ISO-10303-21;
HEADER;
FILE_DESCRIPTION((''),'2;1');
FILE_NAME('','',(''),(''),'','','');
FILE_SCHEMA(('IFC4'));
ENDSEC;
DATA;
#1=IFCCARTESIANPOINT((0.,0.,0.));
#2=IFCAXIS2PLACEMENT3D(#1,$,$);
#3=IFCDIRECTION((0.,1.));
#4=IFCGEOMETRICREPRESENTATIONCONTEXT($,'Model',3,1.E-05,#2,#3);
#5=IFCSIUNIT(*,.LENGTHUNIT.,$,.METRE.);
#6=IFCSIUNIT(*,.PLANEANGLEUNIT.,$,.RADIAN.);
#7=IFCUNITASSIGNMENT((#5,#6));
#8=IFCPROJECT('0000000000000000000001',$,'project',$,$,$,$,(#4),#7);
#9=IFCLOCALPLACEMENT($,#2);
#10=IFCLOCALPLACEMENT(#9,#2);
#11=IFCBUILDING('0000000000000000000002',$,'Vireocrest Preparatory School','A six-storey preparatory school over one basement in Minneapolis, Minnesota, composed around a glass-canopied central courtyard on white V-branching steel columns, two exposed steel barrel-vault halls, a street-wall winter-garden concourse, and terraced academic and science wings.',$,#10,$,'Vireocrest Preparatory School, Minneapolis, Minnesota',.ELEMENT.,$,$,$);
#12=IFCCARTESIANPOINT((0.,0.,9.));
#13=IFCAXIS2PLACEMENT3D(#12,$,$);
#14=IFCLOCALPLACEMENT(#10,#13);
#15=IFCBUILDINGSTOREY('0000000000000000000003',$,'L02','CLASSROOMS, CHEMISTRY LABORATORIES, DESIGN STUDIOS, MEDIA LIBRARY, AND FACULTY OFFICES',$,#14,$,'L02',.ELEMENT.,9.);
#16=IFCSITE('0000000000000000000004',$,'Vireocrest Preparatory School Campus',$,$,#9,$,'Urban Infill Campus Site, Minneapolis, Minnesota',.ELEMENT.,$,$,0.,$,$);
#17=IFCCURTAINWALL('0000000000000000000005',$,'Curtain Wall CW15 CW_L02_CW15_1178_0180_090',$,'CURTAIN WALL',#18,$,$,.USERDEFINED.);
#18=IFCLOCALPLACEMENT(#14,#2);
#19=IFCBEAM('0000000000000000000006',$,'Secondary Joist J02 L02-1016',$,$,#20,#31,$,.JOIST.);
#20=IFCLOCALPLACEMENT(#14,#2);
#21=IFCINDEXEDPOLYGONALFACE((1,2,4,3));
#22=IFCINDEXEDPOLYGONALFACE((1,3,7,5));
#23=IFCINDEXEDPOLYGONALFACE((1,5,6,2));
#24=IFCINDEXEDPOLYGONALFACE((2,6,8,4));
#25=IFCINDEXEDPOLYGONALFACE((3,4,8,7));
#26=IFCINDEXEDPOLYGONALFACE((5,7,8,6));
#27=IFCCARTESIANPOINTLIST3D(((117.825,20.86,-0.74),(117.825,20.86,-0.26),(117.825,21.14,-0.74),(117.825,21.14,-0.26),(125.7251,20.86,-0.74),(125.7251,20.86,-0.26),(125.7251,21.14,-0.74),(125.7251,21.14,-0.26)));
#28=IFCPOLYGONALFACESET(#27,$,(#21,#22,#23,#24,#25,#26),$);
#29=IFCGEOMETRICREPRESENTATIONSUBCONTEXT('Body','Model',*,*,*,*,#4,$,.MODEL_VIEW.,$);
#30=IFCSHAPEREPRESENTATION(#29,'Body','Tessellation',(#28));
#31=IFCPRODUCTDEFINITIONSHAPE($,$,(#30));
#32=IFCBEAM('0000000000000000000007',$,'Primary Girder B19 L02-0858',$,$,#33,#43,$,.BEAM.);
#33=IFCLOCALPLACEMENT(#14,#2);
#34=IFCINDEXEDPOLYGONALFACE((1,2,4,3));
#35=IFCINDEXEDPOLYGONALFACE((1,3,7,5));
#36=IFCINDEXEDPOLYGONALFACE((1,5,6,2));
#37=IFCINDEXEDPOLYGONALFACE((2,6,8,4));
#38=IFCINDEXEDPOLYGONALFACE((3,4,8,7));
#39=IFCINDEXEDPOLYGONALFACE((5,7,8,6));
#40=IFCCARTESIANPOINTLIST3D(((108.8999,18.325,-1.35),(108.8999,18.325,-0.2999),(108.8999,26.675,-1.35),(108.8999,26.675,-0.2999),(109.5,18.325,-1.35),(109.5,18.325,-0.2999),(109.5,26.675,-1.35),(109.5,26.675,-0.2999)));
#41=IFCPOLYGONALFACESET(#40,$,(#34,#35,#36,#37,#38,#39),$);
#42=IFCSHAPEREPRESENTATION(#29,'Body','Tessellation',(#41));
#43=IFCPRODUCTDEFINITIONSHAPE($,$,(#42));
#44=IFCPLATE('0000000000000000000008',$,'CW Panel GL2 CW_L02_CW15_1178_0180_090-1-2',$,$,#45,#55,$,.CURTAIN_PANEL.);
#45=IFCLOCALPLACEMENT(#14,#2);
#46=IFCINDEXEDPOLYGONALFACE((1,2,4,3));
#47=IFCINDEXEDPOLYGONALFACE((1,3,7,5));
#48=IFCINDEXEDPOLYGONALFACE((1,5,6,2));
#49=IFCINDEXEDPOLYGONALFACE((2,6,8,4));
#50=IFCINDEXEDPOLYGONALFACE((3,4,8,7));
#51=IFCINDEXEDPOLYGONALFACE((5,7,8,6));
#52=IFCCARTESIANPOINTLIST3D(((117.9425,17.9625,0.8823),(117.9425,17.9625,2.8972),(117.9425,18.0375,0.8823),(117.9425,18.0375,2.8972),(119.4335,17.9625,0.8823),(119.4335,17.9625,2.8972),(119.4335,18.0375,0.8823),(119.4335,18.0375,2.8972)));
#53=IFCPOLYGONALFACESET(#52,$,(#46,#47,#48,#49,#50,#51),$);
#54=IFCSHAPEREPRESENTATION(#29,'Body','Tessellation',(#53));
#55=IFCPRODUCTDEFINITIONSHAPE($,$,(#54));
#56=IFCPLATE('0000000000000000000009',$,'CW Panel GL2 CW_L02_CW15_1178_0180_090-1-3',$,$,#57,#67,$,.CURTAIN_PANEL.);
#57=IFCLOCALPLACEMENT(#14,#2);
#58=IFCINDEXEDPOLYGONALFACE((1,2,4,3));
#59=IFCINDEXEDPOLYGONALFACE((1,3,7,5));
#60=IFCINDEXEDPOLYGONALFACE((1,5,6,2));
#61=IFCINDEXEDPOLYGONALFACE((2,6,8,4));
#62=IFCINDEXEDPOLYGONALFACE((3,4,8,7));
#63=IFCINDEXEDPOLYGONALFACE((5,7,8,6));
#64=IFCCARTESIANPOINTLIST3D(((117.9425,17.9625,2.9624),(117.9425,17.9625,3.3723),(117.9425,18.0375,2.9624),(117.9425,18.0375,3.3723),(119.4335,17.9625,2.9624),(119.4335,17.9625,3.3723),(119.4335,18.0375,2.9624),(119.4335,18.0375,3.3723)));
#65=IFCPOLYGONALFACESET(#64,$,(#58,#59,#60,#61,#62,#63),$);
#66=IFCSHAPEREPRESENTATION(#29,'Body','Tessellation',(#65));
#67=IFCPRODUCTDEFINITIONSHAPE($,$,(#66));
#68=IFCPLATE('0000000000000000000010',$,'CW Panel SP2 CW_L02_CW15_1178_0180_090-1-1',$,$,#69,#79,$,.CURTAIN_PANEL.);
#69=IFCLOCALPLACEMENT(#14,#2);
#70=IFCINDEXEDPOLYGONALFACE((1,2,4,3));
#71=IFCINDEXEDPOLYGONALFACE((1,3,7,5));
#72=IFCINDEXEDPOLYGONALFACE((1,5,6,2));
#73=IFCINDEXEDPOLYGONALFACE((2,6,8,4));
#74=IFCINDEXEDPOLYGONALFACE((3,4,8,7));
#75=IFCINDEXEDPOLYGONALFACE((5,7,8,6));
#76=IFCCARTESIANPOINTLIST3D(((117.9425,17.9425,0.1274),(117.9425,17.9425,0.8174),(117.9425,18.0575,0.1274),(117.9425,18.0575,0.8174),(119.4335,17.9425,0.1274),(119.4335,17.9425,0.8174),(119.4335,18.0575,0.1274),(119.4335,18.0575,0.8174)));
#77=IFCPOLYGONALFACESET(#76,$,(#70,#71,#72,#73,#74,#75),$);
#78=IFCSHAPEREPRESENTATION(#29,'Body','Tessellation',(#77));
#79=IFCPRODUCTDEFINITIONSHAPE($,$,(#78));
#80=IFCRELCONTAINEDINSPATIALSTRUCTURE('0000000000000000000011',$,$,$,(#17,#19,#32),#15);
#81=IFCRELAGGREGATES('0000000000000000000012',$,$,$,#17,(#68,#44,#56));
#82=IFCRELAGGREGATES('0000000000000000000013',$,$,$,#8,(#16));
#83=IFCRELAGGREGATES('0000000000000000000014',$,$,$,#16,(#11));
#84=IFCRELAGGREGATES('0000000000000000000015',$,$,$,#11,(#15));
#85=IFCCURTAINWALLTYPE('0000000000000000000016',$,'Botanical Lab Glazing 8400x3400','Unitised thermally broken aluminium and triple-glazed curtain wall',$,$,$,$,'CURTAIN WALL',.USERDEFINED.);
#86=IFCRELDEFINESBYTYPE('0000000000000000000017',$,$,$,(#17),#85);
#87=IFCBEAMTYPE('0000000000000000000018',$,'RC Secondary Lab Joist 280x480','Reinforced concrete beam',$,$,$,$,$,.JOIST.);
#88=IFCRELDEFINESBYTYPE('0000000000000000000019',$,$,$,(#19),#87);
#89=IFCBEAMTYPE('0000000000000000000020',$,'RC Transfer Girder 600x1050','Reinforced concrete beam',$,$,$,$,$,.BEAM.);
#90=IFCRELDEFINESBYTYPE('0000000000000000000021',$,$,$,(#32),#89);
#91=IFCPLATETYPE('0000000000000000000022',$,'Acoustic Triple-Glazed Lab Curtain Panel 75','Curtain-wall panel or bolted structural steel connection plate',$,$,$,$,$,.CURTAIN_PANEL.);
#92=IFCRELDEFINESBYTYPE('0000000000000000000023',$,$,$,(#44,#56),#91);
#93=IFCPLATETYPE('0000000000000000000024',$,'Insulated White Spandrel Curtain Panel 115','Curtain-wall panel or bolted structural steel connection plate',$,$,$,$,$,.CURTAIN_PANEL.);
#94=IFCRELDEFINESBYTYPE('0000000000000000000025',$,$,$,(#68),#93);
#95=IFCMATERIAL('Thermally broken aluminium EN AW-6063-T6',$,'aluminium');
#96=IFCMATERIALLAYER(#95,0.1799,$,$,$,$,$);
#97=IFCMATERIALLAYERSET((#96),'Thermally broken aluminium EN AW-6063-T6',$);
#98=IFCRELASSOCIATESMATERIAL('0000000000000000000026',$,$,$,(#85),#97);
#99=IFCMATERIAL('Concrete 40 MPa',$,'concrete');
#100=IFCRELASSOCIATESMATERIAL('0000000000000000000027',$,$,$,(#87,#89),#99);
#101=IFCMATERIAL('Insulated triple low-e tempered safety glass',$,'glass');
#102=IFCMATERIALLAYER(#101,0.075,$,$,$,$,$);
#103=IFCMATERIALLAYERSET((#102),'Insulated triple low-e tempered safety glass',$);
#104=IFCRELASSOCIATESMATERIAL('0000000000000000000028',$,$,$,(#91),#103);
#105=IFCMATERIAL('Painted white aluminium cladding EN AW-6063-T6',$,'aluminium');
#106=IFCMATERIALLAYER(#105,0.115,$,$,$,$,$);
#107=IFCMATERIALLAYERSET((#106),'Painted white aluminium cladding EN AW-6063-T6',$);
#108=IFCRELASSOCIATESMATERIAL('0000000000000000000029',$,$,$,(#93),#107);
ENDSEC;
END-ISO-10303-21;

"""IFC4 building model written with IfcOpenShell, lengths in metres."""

from ifc_helpers import new_model, si_unit, direction, frame, origin, origin_2d, place, context, subcontext, project, spatial, rectangle, extrude, material, layer, layer_set, material_profile, profile_set, type_object, element, aggregate, save


model = new_model("IFC4")

# Units and contexts
model_context = context("Model", 3, precision=1e-05, world=origin(), true_north=direction((0.0, 1.0)))
body_context = subcontext(model_context, "Body", "Model", "MODEL_VIEW")
ifc_project = project(units=[si_unit("LENGTHUNIT", "METRE"), si_unit("PLANEANGLEUNIT", "RADIAN")], contexts=[model_context])

# Site, building, storey
site_placement = place(None, origin())
site = spatial("IfcSite", under=ifc_project, at=site_placement, Name="Vireocrest Preparatory School Campus", LongName="Urban Infill Campus Site, Minneapolis, Minnesota", CompositionType="ELEMENT", RefElevation=0.0)
building_placement = place(site_placement, origin())
building = spatial("IfcBuilding", under=site, at=building_placement, Name="Vireocrest Preparatory School", Description="A six-storey preparatory school over one basement in Minneapolis, Minnesota, composed around a glass-canopied central courtyard on white V-branching steel columns, two exposed steel barrel-vault halls, a street-wall winter-garden concourse, and terraced academic and science wings.", LongName="Vireocrest Preparatory School, Minneapolis, Minnesota", CompositionType="ELEMENT")
storey_placement = place(building_placement, frame((0.0, 0.0, 9.0)))
storey = spatial("IfcBuildingStorey", under=building, at=storey_placement, Name="L02", Description="CLASSROOMS, CHEMISTRY LABORATORIES, DESIGN STUDIOS, MEDIA LIBRARY, AND FACULTY OFFICES", LongName="L02", CompositionType="ELEMENT", Elevation=9.0)

# Curtain wall
ifc_material_1 = material(Name="Thermally broken aluminium EN AW-6063-T6", Category="aluminium")
ifc_layer_1 = layer(ifc_material_1, 0.1799)
ifc_layer_set_1 = layer_set([ifc_layer_1], Name="Thermally broken aluminium EN AW-6063-T6")
curtain_wall_type = type_object("IfcCurtainWallType", Name="Botanical Lab Glazing 8400x3400", Description="Unitised thermally broken aluminium and triple-glazed curtain wall", ElementType="CURTAIN WALL", PredefinedType="USERDEFINED", material=ifc_layer_set_1)
curtain_wall_placement = place(storey_placement, origin())
curtain_wall = element("IfcCurtainWall", 1, at=curtain_wall_placement, inside=storey, type_object=curtain_wall_type, Name="Curtain Wall CW15 CW_L02_CW15_1178_0180_090", ObjectType="CURTAIN WALL", PredefinedType="USERDEFINED")

# Beams
ifc_material_2 = material(Name="Concrete 40 MPa", Category="concrete")
ifc_material_profile_1 = material_profile(ifc_material_2, rectangle(XDim=0.28, YDim=0.48, at=origin_2d()), Name="RC 280x480")
ifc_profile_set_1 = profile_set([ifc_material_profile_1], Name="Concrete 40 MPa")
beam_type_1 = type_object("IfcBeamType", Name="RC Secondary Lab Joist 280x480", Description="Reinforced concrete beam", PredefinedType="JOIST", material=ifc_profile_set_1)
beam_1_placement = place(storey_placement, frame((117.825, 21.0, -0.5), z_axis=(1.0, 0.0, 0.0), x_axis=(0.0, 1.0, 0.0)))
element("IfcBeam", 2, at=beam_1_placement, inside=storey, type_object=beam_type_1, Name="Secondary Joist J02 L02-1016", PredefinedType="JOIST", context=body_context, shape_type="SweptSolid", body=[
    extrude(rectangle(XDim=0.28, YDim=0.48, at=origin_2d()), origin(), (0.0, 0.0, 1.0), 7.9001),
])
ifc_material_profile_2 = material_profile(ifc_material_2, rectangle(XDim=0.6001, YDim=1.05, at=origin_2d()), Name="RC 600x1050")
ifc_profile_set_2 = profile_set([ifc_material_profile_2], Name="Concrete 40 MPa")
beam_type_2 = type_object("IfcBeamType", Name="RC Transfer Girder 600x1050", Description="Reinforced concrete beam", PredefinedType="BEAM", material=ifc_profile_set_2)
beam_2_placement = place(storey_placement, frame((109.2, 18.325, -0.825), z_axis=(0.0, 1.0, 0.0), x_axis=(-1.0, 0.0, 0.0)))
element("IfcBeam", 3, at=beam_2_placement, inside=storey, type_object=beam_type_2, Name="Primary Girder B19 L02-0858", PredefinedType="BEAM", context=body_context, shape_type="SweptSolid", body=[
    extrude(rectangle(XDim=0.6001, YDim=1.05, at=origin_2d()), origin(), (0.0, 0.0, 1.0), 8.3501),
])

# Plates
ifc_material_3 = material(Name="Insulated triple low-e tempered safety glass", Category="glass")
ifc_layer_2 = layer(ifc_material_3, 0.075)
ifc_layer_set_2 = layer_set([ifc_layer_2], Name="Insulated triple low-e tempered safety glass")
plate_type_1 = type_object("IfcPlateType", Name="Acoustic Triple-Glazed Lab Curtain Panel 75", Description="Curtain-wall panel or bolted structural steel connection plate", PredefinedType="CURTAIN_PANEL", material=ifc_layer_set_2)
plate_1_placement = place(storey_placement, frame((118.688, 18.0, 0.8823), z_axis=(0.0, 0.0, 1.0), x_axis=(1.0, 0.0, 0.0)))
plate_1 = element("IfcPlate", 4, at=plate_1_placement, type_object=plate_type_1, Name="CW Panel GL2 CW_L02_CW15_1178_0180_090-1-2", PredefinedType="CURTAIN_PANEL", context=body_context, shape_type="SweptSolid", body=[
    extrude(rectangle(XDim=1.491, YDim=0.075, at=origin_2d()), origin(), (0.0, 0.0, 1.0), 2.0149),
])
plate_2_placement = place(storey_placement, frame((118.688, 18.0, 2.9624), z_axis=(0.0, 0.0, 1.0), x_axis=(1.0, 0.0, 0.0)))
plate_2 = element("IfcPlate", 5, at=plate_2_placement, type_object=plate_type_1, Name="CW Panel GL2 CW_L02_CW15_1178_0180_090-1-3", PredefinedType="CURTAIN_PANEL", context=body_context, shape_type="SweptSolid", body=[
    extrude(rectangle(XDim=1.491, YDim=0.075, at=origin_2d()), origin(), (0.0, 0.0, 1.0), 0.4099),
])
ifc_material_4 = material(Name="Painted white aluminium cladding EN AW-6063-T6", Category="aluminium")
ifc_layer_3 = layer(ifc_material_4, 0.115)
ifc_layer_set_3 = layer_set([ifc_layer_3], Name="Painted white aluminium cladding EN AW-6063-T6")
plate_type_2 = type_object("IfcPlateType", Name="Insulated White Spandrel Curtain Panel 115", Description="Curtain-wall panel or bolted structural steel connection plate", PredefinedType="CURTAIN_PANEL", material=ifc_layer_set_3)
plate_3_placement = place(storey_placement, frame((118.688, 18.0, 0.1274), z_axis=(0.0, 0.0, 1.0), x_axis=(1.0, 0.0, 0.0)))
plate_3 = element("IfcPlate", 6, at=plate_3_placement, type_object=plate_type_2, Name="CW Panel SP2 CW_L02_CW15_1178_0180_090-1-1", PredefinedType="CURTAIN_PANEL", context=body_context, shape_type="SweptSolid", body=[
    extrude(rectangle(XDim=1.491, YDim=0.115, at=origin_2d()), origin(), (0.0, 0.0, 1.0), 0.6899),
])
aggregate(curtain_wall, [plate_3, plate_1, plate_2])

save(model, "model.ifc")
